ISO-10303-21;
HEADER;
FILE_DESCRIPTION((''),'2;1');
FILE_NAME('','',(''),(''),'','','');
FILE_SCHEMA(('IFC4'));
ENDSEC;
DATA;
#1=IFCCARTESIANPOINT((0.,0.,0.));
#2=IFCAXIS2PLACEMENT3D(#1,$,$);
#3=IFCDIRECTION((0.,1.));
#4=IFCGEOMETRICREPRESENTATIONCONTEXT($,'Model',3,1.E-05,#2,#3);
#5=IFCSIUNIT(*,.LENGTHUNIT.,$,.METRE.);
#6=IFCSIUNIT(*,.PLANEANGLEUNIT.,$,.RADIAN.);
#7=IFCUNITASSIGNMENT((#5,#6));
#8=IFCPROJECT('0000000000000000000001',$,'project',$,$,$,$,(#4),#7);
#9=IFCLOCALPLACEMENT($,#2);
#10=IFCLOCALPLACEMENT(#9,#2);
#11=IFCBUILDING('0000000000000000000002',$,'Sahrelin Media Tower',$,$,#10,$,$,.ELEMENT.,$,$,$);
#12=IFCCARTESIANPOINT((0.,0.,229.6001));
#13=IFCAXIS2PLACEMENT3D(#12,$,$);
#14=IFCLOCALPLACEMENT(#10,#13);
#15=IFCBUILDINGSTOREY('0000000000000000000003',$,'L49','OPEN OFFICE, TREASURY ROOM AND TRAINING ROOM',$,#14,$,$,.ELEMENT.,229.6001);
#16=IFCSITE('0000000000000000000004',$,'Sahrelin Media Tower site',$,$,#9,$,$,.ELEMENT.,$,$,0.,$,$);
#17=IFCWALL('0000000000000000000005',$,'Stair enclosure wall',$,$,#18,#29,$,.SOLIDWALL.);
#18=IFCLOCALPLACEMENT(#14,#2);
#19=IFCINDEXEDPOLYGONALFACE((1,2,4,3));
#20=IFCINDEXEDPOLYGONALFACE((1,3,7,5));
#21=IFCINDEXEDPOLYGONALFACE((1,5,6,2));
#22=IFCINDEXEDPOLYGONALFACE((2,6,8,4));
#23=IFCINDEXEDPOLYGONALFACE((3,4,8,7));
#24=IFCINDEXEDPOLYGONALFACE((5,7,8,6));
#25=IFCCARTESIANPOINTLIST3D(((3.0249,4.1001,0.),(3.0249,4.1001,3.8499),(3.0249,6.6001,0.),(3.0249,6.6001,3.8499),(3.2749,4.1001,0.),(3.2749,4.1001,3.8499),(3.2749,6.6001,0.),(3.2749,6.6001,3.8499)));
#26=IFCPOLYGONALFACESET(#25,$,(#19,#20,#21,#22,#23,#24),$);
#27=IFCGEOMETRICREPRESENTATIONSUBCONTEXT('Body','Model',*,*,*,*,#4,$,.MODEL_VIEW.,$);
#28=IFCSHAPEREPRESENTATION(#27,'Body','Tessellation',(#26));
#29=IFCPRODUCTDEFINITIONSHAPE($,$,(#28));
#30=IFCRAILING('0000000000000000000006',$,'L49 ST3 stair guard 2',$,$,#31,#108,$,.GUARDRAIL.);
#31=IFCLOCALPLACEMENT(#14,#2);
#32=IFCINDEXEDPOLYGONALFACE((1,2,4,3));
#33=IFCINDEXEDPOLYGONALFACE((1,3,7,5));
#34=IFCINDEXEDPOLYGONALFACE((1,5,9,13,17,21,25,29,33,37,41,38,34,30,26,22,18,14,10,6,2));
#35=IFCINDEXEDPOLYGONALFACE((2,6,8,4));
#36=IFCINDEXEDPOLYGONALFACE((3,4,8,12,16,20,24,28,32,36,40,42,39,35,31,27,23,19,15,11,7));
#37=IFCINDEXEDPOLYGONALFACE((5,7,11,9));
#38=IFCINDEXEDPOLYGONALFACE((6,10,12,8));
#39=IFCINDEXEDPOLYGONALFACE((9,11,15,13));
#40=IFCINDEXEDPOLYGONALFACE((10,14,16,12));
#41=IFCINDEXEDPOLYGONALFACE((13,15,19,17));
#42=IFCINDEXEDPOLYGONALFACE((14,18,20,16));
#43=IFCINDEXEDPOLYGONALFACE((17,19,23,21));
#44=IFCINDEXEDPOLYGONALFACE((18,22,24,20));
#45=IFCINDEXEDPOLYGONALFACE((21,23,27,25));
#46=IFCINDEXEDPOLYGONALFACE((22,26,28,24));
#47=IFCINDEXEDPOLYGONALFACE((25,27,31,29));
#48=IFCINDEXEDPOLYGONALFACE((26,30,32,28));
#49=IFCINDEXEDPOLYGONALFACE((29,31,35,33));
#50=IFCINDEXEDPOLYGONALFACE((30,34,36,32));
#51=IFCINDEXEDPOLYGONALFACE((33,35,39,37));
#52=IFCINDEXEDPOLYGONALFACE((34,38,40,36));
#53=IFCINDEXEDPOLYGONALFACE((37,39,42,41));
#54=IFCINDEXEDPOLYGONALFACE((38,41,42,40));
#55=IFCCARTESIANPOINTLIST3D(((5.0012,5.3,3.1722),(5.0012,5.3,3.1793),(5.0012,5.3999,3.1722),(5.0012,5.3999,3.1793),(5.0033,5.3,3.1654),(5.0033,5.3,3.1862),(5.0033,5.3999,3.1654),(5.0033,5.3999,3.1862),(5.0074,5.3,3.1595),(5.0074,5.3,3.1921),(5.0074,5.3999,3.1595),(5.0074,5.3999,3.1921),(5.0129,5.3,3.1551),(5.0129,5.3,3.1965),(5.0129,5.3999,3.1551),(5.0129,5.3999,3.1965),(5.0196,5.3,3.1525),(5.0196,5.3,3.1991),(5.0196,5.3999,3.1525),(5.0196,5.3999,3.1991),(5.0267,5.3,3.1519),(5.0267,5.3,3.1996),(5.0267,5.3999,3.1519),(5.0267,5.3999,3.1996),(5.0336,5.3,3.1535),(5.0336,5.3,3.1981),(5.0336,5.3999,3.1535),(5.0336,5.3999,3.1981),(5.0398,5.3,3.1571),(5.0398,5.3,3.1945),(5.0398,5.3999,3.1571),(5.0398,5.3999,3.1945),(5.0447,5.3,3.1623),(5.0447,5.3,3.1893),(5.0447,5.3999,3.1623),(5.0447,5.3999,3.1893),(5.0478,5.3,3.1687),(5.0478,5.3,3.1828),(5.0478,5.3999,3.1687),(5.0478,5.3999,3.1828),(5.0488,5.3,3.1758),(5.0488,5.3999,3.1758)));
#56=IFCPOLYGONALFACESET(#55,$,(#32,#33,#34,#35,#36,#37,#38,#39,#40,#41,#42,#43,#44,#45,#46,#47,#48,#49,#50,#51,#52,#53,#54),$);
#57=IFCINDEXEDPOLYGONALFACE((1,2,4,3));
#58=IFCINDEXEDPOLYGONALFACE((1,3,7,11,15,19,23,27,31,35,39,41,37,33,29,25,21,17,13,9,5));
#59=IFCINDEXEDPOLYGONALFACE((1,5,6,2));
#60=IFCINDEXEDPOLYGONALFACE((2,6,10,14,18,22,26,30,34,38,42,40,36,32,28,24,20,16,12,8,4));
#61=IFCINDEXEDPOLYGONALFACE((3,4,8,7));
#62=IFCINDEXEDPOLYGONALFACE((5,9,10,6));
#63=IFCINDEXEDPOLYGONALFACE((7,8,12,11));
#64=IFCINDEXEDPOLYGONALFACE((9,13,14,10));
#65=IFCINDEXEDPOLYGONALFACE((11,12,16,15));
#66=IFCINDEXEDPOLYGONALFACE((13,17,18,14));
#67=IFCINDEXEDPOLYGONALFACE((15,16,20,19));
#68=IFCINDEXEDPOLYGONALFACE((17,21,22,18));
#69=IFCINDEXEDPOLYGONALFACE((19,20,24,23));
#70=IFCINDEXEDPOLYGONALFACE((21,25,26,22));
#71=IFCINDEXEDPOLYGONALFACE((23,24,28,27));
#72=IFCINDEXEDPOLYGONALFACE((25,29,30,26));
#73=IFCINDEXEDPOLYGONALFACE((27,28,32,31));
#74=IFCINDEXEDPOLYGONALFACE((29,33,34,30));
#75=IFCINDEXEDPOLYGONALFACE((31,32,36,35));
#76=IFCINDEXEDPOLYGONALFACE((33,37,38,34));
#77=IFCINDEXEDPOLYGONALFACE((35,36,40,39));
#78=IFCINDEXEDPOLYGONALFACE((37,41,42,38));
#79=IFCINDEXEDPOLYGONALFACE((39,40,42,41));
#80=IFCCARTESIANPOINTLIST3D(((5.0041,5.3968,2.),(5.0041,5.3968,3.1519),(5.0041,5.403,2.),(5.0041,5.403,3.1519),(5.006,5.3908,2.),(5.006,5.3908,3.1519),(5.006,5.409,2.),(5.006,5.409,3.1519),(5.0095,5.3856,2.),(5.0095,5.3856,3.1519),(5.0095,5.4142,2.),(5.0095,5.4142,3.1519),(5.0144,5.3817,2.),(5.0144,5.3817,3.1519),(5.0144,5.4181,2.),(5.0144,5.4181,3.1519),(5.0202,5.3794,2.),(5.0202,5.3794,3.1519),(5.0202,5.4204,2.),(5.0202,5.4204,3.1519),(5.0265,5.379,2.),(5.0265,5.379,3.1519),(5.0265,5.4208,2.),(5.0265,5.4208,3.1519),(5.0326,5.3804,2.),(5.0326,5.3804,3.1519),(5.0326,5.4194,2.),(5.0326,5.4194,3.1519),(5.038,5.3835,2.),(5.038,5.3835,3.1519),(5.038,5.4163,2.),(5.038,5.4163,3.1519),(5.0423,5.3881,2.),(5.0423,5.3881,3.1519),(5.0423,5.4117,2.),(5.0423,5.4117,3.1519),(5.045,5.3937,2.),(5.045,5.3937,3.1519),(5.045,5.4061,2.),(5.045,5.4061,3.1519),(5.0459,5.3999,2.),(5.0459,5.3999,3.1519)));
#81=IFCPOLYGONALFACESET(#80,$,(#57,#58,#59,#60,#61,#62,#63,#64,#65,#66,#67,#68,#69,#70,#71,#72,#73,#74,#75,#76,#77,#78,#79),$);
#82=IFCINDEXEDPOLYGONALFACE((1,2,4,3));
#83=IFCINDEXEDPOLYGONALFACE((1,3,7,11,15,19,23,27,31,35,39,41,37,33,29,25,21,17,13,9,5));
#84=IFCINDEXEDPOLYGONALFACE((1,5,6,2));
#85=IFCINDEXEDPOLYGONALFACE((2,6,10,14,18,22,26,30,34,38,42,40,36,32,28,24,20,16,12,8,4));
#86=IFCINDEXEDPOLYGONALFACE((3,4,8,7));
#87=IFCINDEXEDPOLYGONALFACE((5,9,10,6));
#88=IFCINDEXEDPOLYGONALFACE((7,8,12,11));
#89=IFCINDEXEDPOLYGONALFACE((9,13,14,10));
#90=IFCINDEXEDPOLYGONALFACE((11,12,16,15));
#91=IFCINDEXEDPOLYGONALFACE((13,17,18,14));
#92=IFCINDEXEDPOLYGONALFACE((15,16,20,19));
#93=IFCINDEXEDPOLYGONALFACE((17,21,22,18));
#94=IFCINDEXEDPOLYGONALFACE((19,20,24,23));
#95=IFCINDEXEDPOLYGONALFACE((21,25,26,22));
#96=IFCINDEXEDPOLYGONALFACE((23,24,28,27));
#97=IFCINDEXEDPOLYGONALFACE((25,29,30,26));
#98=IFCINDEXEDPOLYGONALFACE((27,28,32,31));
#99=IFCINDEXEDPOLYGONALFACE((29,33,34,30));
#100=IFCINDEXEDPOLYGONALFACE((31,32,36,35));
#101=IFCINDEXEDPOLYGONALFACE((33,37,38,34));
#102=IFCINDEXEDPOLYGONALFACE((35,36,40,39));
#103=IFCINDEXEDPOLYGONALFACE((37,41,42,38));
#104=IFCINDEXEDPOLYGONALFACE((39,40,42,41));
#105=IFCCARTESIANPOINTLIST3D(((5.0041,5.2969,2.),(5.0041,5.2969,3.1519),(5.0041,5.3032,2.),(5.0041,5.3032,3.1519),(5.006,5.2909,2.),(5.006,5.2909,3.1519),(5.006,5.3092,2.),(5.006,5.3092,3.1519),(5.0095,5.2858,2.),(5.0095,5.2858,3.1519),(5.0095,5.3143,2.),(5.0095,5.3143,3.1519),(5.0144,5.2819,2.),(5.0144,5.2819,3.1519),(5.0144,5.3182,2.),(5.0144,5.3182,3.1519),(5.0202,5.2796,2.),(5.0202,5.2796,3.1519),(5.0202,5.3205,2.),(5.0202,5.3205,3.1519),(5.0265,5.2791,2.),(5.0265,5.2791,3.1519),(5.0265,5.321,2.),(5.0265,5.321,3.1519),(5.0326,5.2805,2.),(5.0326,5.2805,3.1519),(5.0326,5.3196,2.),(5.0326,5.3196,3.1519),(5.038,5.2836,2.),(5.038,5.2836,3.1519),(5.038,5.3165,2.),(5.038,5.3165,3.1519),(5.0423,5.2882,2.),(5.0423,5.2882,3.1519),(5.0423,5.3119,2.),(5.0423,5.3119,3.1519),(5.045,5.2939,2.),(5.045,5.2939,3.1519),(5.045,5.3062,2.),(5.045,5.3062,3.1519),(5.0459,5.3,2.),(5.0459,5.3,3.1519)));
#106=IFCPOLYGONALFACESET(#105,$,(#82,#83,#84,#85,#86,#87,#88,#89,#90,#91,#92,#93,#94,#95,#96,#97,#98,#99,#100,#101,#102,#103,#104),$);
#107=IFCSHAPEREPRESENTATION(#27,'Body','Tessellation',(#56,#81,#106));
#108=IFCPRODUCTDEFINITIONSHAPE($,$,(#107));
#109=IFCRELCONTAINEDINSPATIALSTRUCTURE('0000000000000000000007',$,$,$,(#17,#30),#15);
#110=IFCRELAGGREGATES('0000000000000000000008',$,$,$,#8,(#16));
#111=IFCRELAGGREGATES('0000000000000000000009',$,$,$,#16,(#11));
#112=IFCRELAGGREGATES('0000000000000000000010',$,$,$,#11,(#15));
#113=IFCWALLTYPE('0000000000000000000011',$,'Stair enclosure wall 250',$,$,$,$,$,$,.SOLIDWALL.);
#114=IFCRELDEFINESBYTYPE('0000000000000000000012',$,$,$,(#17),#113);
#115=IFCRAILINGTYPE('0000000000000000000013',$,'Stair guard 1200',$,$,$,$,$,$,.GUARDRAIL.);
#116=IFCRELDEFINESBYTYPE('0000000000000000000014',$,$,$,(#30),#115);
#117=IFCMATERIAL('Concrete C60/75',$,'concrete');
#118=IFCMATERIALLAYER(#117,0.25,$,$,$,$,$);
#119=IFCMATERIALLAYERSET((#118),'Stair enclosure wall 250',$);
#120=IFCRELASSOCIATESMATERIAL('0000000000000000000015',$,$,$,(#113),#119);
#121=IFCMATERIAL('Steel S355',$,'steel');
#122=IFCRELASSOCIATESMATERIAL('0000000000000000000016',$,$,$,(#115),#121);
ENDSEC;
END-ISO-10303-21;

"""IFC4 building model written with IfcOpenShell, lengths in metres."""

from ifc_helpers import new_model, si_unit, direction, frame, frame_2d, origin, origin_2d, place, context, subcontext, project, spatial, rectangle, circle, extrude, material, layer, layer_set, type_object, element, save


model = new_model("IFC4")

# Units and contexts
model_context = context("Model", 3, precision=1e-05, world=origin(), true_north=direction((0.0, 1.0)))
body_context = subcontext(model_context, "Body", "Model", "MODEL_VIEW")
ifc_project = project(units=[si_unit("LENGTHUNIT", "METRE"), si_unit("PLANEANGLEUNIT", "RADIAN")], contexts=[model_context])

# Site, building, storey
site_placement = place(None, origin())
site = spatial("IfcSite", under=ifc_project, at=site_placement, Name="Sahrelin Media Tower site", CompositionType="ELEMENT", RefElevation=0.0)
building_placement = place(site_placement, origin())
building = spatial("IfcBuilding", under=site, at=building_placement, Name="Sahrelin Media Tower", CompositionType="ELEMENT")
storey_placement = place(building_placement, frame((0.0, 0.0, 229.6001)))
storey = spatial("IfcBuildingStorey", under=building, at=storey_placement, Name="L49", Description="OPEN OFFICE, TREASURY ROOM AND TRAINING ROOM", CompositionType="ELEMENT", Elevation=229.6001)

# Shared definitions
ifc_material_1 = material(Name="Steel S355", Category="steel")

# Shared definitions
ifc_material_2 = material(Name="Concrete C60/75", Category="concrete")

# Shared definitions
ifc_layer_1 = layer(ifc_material_2, 0.25)
ifc_layer_set_1 = layer_set([ifc_layer_1], Name="Stair enclosure wall 250")
wall_type_1 = type_object("IfcWallType", Name="Stair enclosure wall 250", PredefinedType="SOLIDWALL", material=ifc_layer_set_1)

# Wall
wall_1_placement = place(storey_placement, frame((3.1499, 4.1001, 0.0), z_axis=(0.0, 0.0, 1.0), x_axis=(0.0, 1.0, 0.0)))
element("IfcWall", 1, at=wall_1_placement, inside=storey, type_object=wall_type_1, Name="Stair enclosure wall", PredefinedType="SOLIDWALL", context=body_context, shape_type="SweptSolid", body=[
    extrude(rectangle(XDim=2.5, YDim=0.25, at=frame_2d((1.25, 0.0))), origin(), (0.0, 0.0, 1.0), 3.8499),
])

# Railing
railing_type_1 = type_object("IfcRailingType", Name="Stair guard 1200", PredefinedType="GUARDRAIL", material=ifc_material_1)
railing_1_placement = place(storey_placement, frame((5.0249, 5.3999, 2.0)))
element("IfcRailing", 2, at=railing_1_placement, inside=storey, type_object=railing_type_1, Name="L49 ST3 stair guard 2", PredefinedType="GUARDRAIL", context=body_context, shape_type="SweptSolid", body=[
    extrude(circle(Radius=0.0239, at=origin_2d()), frame((0.0, 0.0, 1.1758), z_axis=(0.0, -1.0, 0.0), x_axis=(1.0, 0.0, 0.0)), (0.0, 0.0, 1.0), 0.0999),
    extrude(circle(Radius=0.021, at=origin_2d()), origin(), (0.0, 0.0, 1.0), 1.1519),
    extrude(circle(Radius=0.021, at=origin_2d()), frame((0.0, -0.0999, 0.0)), (0.0, 0.0, 1.0), 1.1519),
])

save(model, "model.ifc")
